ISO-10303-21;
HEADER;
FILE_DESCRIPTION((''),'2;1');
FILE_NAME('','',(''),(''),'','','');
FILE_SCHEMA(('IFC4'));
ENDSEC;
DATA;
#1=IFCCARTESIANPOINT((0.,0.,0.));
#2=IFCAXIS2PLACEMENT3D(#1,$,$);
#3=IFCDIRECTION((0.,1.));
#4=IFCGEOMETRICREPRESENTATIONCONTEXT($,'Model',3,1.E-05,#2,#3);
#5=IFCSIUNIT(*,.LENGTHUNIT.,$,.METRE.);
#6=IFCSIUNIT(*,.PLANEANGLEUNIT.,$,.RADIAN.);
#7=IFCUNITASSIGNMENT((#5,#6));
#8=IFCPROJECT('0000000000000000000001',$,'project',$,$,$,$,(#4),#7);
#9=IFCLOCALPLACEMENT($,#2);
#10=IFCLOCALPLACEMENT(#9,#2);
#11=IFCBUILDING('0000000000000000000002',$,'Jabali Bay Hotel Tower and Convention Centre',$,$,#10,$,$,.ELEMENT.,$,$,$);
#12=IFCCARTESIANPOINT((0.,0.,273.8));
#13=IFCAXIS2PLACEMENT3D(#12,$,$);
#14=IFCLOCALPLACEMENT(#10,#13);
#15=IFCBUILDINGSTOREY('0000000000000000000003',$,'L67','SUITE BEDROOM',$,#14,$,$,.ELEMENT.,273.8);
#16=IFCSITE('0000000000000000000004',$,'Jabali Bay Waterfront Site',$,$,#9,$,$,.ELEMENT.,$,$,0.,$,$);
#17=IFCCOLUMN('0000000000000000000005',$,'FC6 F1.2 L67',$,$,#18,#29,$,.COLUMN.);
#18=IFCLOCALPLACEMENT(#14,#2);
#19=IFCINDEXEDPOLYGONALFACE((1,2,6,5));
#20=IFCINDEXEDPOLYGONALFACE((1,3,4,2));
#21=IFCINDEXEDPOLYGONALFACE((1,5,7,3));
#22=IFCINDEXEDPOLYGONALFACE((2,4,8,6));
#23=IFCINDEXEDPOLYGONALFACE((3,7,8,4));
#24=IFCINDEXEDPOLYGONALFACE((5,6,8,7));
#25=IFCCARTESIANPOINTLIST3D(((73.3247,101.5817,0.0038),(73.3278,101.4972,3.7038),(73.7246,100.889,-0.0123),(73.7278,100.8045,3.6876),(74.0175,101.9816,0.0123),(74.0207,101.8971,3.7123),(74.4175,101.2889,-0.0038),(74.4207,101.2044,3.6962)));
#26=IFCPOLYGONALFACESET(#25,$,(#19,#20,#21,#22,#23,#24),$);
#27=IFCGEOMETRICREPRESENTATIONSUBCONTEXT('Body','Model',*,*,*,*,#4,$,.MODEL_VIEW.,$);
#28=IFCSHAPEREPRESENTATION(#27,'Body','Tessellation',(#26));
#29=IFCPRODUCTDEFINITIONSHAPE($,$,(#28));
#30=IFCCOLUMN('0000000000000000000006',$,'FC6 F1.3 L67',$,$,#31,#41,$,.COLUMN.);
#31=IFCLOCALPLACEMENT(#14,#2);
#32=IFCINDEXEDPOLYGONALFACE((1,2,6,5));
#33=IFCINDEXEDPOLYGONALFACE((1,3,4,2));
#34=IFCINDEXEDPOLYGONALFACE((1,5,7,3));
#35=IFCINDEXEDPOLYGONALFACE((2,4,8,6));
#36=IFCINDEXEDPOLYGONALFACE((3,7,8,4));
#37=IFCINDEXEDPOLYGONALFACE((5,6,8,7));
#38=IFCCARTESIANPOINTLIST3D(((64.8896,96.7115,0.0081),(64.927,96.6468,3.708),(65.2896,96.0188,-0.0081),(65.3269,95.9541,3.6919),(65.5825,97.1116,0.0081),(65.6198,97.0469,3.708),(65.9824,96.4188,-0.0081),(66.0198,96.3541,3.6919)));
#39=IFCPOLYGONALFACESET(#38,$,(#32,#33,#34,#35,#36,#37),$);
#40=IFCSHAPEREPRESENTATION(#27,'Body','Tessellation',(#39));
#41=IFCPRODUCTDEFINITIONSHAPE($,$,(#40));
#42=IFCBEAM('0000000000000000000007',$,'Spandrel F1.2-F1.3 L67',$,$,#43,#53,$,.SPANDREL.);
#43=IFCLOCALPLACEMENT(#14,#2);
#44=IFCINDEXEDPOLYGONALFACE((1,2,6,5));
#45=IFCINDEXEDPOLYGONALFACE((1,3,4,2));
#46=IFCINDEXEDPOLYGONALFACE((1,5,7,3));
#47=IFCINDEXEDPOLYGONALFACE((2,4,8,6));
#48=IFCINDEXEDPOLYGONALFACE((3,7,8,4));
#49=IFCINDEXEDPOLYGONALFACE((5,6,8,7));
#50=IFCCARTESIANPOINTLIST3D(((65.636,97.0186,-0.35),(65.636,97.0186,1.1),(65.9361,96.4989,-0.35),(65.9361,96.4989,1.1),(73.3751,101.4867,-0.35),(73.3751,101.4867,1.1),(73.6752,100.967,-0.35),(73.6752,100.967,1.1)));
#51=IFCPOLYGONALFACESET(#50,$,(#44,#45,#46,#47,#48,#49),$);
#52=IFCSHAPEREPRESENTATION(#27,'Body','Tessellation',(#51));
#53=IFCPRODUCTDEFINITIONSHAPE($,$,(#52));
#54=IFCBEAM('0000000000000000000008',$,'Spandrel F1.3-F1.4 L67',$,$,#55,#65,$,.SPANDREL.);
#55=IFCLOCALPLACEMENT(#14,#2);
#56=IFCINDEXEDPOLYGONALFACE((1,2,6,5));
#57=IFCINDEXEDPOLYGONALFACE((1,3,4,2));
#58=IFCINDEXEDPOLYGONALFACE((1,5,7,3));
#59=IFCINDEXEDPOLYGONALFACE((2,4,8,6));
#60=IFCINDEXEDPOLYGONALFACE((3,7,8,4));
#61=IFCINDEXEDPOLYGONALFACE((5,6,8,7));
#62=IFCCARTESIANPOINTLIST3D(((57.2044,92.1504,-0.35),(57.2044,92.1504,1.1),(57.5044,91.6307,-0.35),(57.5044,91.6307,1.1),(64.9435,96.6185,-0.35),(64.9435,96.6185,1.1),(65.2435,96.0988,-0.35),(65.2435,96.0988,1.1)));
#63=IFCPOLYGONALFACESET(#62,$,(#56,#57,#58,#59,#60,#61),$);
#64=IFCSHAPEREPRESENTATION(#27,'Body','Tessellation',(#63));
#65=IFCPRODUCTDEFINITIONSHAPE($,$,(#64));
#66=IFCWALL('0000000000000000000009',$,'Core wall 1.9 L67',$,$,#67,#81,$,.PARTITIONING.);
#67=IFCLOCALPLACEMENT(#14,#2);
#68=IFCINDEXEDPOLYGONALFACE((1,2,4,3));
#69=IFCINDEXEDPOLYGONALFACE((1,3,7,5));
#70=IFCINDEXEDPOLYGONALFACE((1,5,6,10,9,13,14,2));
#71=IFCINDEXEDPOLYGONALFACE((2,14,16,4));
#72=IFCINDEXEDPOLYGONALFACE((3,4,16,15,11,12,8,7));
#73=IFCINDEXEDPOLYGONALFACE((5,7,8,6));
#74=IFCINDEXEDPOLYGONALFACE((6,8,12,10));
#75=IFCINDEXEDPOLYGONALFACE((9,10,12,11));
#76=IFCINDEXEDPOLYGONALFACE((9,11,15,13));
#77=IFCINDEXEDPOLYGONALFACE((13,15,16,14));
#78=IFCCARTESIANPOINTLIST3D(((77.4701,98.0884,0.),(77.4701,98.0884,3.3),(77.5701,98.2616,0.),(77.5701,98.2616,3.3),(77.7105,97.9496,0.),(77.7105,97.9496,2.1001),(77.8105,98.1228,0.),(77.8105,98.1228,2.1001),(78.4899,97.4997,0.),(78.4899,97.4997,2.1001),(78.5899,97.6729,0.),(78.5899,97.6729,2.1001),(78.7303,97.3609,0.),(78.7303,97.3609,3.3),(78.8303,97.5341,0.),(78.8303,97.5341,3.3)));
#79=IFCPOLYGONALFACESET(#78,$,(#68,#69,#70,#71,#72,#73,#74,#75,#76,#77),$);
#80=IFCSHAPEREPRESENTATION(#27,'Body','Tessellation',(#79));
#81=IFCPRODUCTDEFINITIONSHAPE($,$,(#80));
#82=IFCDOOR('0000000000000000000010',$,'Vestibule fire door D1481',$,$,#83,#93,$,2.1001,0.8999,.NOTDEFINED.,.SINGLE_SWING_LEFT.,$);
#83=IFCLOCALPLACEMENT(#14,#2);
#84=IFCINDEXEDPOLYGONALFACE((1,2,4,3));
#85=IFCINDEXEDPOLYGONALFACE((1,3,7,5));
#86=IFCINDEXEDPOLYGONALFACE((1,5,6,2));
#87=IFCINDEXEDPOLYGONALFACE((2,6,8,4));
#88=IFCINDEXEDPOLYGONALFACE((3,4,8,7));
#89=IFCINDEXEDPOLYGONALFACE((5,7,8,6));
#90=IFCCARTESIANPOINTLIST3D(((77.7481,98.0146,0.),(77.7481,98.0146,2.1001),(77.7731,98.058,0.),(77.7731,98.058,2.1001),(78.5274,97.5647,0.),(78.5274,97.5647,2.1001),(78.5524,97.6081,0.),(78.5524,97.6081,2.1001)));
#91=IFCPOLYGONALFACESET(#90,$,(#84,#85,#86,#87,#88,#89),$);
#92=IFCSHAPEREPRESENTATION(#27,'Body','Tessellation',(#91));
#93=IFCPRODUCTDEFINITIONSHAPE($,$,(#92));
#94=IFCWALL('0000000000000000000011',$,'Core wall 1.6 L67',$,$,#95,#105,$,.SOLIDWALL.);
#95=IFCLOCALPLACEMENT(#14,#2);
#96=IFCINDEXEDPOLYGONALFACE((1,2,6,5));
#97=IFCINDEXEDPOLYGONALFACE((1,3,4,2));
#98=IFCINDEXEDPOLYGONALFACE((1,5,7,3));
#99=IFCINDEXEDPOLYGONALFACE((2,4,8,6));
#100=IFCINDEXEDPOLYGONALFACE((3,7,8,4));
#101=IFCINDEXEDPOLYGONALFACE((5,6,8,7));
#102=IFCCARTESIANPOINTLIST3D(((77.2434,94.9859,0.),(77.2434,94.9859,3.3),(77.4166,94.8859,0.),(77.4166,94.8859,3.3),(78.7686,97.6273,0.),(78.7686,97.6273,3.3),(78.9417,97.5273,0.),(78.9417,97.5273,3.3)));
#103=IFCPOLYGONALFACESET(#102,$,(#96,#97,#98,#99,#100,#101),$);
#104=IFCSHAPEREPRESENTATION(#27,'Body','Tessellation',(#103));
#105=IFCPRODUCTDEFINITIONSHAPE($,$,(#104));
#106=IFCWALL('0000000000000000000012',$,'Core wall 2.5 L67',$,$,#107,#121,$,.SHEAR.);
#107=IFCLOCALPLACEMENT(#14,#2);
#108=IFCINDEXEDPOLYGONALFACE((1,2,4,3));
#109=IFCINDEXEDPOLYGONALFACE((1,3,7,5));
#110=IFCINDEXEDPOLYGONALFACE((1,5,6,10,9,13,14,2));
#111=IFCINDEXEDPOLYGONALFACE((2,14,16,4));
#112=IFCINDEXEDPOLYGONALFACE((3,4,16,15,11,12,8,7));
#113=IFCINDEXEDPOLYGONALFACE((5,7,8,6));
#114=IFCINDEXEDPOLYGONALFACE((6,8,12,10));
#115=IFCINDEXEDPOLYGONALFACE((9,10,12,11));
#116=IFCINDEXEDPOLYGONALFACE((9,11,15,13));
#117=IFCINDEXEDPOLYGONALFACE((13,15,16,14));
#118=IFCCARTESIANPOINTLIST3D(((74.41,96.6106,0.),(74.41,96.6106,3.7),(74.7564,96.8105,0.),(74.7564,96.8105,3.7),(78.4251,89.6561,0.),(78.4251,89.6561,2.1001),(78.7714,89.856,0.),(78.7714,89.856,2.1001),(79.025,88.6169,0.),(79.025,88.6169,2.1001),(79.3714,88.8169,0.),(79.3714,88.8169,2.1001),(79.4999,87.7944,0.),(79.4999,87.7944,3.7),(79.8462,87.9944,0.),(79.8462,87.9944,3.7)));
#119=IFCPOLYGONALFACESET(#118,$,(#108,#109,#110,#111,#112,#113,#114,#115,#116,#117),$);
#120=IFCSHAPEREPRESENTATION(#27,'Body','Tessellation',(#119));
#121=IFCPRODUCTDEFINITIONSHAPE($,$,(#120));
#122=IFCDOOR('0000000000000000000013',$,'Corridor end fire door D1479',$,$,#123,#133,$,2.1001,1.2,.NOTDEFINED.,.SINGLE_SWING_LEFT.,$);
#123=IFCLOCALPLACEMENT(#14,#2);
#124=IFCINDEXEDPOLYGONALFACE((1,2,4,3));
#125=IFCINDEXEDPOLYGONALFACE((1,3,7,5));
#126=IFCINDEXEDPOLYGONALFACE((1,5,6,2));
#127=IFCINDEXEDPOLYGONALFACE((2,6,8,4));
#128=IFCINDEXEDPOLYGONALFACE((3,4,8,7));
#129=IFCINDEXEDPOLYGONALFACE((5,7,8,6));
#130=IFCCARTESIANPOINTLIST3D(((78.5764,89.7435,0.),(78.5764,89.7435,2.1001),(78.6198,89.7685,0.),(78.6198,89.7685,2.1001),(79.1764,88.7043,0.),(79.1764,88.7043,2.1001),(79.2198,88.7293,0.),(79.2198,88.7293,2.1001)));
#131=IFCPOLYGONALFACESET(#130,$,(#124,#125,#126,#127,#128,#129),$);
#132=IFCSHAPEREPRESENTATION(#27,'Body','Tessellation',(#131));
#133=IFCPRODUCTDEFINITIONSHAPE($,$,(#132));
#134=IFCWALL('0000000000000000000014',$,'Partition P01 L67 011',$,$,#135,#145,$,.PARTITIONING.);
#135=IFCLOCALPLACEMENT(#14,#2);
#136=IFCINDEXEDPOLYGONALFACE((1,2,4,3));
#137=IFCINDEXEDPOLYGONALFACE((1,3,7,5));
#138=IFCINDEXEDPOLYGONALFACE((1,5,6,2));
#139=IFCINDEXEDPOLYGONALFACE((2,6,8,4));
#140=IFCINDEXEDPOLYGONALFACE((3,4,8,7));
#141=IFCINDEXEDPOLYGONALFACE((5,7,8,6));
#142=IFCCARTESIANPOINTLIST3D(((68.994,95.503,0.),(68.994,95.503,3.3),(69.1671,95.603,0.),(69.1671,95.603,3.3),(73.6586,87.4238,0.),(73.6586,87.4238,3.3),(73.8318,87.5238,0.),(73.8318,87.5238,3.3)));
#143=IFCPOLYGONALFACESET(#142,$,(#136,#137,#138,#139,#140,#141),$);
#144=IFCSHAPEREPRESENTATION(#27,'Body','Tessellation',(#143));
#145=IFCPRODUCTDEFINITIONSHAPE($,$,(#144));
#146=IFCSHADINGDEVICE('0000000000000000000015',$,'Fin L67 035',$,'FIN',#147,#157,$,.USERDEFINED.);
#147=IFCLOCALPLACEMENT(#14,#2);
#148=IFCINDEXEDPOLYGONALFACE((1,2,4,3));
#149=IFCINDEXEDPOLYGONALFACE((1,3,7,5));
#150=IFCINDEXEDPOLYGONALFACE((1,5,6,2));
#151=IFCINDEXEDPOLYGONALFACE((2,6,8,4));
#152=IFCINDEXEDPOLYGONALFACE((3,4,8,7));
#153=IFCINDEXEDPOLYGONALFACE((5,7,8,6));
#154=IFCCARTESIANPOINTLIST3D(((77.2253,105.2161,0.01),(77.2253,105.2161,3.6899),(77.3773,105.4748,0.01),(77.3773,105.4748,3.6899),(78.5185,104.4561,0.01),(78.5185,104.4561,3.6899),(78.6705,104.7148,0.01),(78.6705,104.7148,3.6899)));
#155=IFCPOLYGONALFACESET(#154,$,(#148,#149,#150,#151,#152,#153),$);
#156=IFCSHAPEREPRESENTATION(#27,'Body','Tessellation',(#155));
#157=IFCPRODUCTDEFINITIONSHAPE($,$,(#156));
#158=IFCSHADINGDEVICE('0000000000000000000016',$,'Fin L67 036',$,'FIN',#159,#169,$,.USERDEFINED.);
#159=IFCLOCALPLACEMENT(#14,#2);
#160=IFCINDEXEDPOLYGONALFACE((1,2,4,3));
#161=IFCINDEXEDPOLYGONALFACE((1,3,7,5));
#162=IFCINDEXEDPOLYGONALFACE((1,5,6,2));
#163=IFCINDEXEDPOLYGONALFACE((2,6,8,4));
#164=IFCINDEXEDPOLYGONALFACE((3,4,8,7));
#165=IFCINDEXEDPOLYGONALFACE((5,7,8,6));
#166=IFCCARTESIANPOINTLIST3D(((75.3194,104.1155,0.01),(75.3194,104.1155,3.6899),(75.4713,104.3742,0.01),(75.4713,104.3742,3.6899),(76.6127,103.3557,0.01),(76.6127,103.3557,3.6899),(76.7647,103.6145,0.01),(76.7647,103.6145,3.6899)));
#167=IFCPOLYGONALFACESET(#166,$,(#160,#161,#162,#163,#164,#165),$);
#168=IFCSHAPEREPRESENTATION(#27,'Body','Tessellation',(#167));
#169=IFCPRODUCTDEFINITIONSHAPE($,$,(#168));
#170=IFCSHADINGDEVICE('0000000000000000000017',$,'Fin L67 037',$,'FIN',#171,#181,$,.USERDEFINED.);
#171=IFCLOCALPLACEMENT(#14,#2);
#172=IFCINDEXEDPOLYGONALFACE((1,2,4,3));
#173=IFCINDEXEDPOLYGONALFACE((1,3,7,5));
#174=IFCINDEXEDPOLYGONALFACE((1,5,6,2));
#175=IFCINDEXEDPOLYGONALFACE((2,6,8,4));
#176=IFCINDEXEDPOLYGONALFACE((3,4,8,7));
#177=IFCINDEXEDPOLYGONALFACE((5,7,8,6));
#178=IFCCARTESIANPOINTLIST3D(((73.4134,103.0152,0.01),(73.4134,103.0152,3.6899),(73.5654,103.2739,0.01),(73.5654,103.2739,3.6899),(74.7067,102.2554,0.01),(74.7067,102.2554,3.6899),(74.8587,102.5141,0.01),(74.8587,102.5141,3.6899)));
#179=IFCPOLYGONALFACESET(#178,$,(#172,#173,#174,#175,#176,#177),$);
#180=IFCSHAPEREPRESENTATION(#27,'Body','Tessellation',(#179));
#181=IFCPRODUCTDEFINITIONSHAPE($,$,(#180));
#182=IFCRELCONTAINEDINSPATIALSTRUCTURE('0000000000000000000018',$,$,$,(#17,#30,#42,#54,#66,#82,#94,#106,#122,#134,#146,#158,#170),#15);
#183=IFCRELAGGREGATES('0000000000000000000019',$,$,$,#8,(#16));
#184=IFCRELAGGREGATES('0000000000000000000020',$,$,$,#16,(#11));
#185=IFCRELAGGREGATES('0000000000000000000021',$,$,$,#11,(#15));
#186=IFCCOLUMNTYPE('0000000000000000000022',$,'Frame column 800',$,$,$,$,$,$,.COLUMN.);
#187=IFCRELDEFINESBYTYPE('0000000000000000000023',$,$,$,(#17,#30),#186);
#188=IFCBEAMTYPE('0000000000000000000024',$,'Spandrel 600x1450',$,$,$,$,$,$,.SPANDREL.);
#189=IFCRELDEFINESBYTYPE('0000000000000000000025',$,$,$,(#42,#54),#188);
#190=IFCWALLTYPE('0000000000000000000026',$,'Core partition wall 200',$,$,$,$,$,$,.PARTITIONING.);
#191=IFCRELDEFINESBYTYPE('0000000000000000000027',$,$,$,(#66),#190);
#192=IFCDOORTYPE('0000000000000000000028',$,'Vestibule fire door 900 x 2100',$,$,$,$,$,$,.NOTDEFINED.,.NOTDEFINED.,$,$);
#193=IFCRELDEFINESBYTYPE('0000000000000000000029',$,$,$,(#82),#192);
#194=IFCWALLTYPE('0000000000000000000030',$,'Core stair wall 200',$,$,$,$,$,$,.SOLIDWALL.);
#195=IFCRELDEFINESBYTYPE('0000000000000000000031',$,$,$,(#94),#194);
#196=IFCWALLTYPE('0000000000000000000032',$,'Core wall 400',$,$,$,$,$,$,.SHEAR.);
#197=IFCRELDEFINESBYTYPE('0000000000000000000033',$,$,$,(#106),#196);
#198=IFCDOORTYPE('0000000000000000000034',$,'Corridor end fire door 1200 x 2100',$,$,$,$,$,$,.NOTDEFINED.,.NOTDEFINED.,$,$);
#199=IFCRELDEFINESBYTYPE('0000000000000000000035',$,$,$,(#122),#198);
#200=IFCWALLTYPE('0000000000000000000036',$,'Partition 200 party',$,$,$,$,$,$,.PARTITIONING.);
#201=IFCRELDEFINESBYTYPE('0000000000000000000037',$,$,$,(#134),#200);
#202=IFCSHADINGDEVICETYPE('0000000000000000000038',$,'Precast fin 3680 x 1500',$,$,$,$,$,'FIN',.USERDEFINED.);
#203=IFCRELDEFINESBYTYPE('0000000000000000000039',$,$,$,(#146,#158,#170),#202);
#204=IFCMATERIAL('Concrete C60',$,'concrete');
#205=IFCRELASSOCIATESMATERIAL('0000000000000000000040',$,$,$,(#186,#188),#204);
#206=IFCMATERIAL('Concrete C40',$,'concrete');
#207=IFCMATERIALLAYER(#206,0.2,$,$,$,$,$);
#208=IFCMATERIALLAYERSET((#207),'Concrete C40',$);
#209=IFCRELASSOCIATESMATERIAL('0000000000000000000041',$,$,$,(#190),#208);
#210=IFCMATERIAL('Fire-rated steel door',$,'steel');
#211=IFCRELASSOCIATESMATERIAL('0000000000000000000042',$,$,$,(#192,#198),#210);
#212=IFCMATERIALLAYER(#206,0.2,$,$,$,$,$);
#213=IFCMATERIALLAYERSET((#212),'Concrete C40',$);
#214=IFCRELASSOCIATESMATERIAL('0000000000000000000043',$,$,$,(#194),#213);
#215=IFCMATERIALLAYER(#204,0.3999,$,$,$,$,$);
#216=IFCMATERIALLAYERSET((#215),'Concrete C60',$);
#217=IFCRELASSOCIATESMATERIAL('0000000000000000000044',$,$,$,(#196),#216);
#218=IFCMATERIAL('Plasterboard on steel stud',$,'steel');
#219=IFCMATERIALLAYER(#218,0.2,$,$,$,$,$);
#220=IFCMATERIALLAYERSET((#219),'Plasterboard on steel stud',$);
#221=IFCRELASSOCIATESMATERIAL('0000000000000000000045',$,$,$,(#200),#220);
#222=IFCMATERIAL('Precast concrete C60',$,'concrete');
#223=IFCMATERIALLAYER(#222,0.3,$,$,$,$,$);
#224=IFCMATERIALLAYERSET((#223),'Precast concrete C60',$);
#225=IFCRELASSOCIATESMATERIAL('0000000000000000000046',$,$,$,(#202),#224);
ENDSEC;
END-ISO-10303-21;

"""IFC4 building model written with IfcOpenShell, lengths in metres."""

from ifc_helpers import new_model, si_unit, direction, frame, frame_2d, origin, origin_2d, place, context, subcontext, project, spatial, rectangle, extrude, material, layer, layer_set, material_profile, profile_set, type_object, element, fill, save


model = new_model("IFC4")

# Units and contexts
model_context = context("Model", 3, precision=1e-05, world=origin(), true_north=direction((0.0, 1.0)))
body_context = subcontext(model_context, "Body", "Model", "MODEL_VIEW")
ifc_project = project(units=[si_unit("LENGTHUNIT", "METRE"), si_unit("PLANEANGLEUNIT", "RADIAN")], contexts=[model_context])

# Site, building, storey
site_placement = place(None, origin())
site = spatial("IfcSite", under=ifc_project, at=site_placement, Name="Jabali Bay Waterfront Site", CompositionType="ELEMENT", RefElevation=0.0)
building_placement = place(site_placement, origin())
building = spatial("IfcBuilding", under=site, at=building_placement, Name="Jabali Bay Hotel Tower and Convention Centre", CompositionType="ELEMENT")
storey_placement = place(building_placement, frame((0.0, 0.0, 273.8)))
storey = spatial("IfcBuildingStorey", under=building, at=storey_placement, Name="L67", Description="SUITE BEDROOM", CompositionType="ELEMENT", Elevation=273.8)

# Columns
ifc_material_1 = material(Name="Concrete C60", Category="concrete")
ifc_material_profile_1 = material_profile(ifc_material_1, rectangle(XDim=0.8, YDim=0.8, at=origin_2d()), Name="Frame column 800")
ifc_profile_set_1 = profile_set([ifc_material_profile_1], Name="Concrete C60")
column_type = type_object("IfcColumnType", Name="Frame column 800", PredefinedType="COLUMN", material=ifc_profile_set_1)
column_1_placement = place(storey_placement, frame((73.8711, 101.4353, 0.0), z_axis=(0.000858, -0.022825, 0.999739), x_axis=(0.866054, 0.499836, 0.010669)))
element("IfcColumn", 1, at=column_1_placement, inside=storey, type_object=column_type, Name="FC6 F1.2 L67", PredefinedType="COLUMN", context=body_context, shape_type="SweptSolid", body=[
    extrude(rectangle(XDim=0.8, YDim=0.8, at=origin_2d()), origin(), (0.0, 0.0, 1.0), 3.7009),
])
column_2_placement = place(storey_placement, frame((65.436, 96.5652, 0.0), z_axis=(0.010094, -0.017482, 0.999796), x_axis=(0.86602, 0.500009, 0.0)))
element("IfcColumn", 2, at=column_2_placement, inside=storey, type_object=column_type, Name="FC6 F1.3 L67", PredefinedType="COLUMN", context=body_context, shape_type="SweptSolid", body=[
    extrude(rectangle(XDim=0.8, YDim=0.8, at=origin_2d()), origin(), (0.0, 0.0, 1.0), 3.7007),
])

# Beams
ifc_material_profile_2 = material_profile(ifc_material_1, rectangle(XDim=0.6001, YDim=1.45, at=origin_2d()), Name="Spandrel 600x1450")
ifc_profile_set_2 = profile_set([ifc_material_profile_2], Name="Concrete C60")
beam_type = type_object("IfcBeamType", Name="Spandrel 600x1450", PredefinedType="SPANDREL", material=ifc_profile_set_2)
for number, where, z_axis, x_axis, name in (
    (3, (73.5251, 101.2268, 0.375), (-0.86603, -0.499991, 0.0), (0.499991, -0.86603, 0.0), "Spandrel F1.2-F1.3 L67"),
    (4, (65.0935, 96.3586, 0.375), (-0.86603, -0.499991, 0.0), (0.499991, -0.86603, 0.0), "Spandrel F1.3-F1.4 L67"),
):
    element("IfcBeam", number, at=place(storey_placement, frame(where, z_axis=z_axis, x_axis=x_axis)), inside=storey, type_object=beam_type, Name=name, PredefinedType="SPANDREL", context=body_context, shape_type="SweptSolid", body=[
        extrude(rectangle(XDim=0.6001, YDim=1.45, at=origin_2d()), origin(), (0.0, 0.0, 1.0), 8.9363),
    ])

# Wall, opening, door
ifc_material_2 = material(Name="Concrete C40", Category="concrete")
ifc_layer_1 = layer(ifc_material_2, 0.2)
ifc_layer_set_1 = layer_set([ifc_layer_1], Name="Concrete C40")
wall_type_1 = type_object("IfcWallType", Name="Core partition wall 200", PredefinedType="PARTITIONING", material=ifc_layer_set_1)
wall_1_placement = place(storey_placement, frame((78.7803, 97.4475, 0.0), z_axis=(0.0, 0.0, 1.0), x_axis=(-0.866046, 0.499965, 0.0)))
wall_1 = element("IfcWall", 5, at=wall_1_placement, inside=storey, type_object=wall_type_1, Name="Core wall 1.9 L67", PredefinedType="PARTITIONING", context=body_context, shape_type="SweptSolid", body=[
    extrude(rectangle(XDim=1.4551, YDim=0.2, at=frame_2d((0.7275, 0.0))), origin(), (0.0, 0.0, 1.0), 3.3),
])
opening_1_placement = place(wall_1_placement, frame((0.2776, 0.0, 0.0)))
opening_1 = element("IfcOpeningElement", 6, at=opening_1_placement, cuts=wall_1, PredefinedType="OPENING", context=body_context, shape_type="SweptSolid", body=[
    extrude(rectangle(XDim=0.8999, YDim=2.1001, at=frame_2d((0.45, 1.05))), frame((0.0, 0.1104, 0.0), z_axis=(0.0, -1.0, 0.0), x_axis=(1.0, 0.0, 0.0)), (0.0, 0.0, 1.0), 0.2209),
])
ifc_material_3 = material(Name="Fire-rated steel door", Category="steel")
door_type_1 = type_object("IfcDoorType", Name="Vestibule fire door 900 x 2100", OperationType="NOTDEFINED", PredefinedType="NOTDEFINED", material=ifc_material_3)
door_1_placement = place(opening_1_placement, origin())
door_1 = element("IfcDoor", 7, at=door_1_placement, inside=storey, type_object=door_type_1, Name="Vestibule fire door D1481", OperationType="SINGLE_SWING_LEFT", OverallHeight=2.1001, OverallWidth=0.8999, PredefinedType="NOTDEFINED", context=body_context, shape_type="SweptSolid", body=[
    extrude(rectangle(XDim=0.8999, YDim=2.1001, at=frame_2d((0.45, 1.05))), frame((0.0, 0.0249, 0.0), z_axis=(0.0, -1.0, 0.0), x_axis=(1.0, 0.0, 0.0)), (0.0, 0.0, 1.0), 0.05),
])
fill(opening_1, door_1)

# Wall
ifc_layer_2 = layer(ifc_material_2, 0.2)
ifc_layer_set_2 = layer_set([ifc_layer_2], Name="Concrete C40")
wall_type_2 = type_object("IfcWallType", Name="Core stair wall 200", PredefinedType="SOLIDWALL", material=ifc_layer_set_2)
wall_2_placement = place(storey_placement, frame((77.3301, 94.936, 0.0), z_axis=(0.0, 0.0, 1.0), x_axis=(0.500039, 0.866003, 0.0)))
element("IfcWall", 8, at=wall_2_placement, inside=storey, type_object=wall_type_2, Name="Core wall 1.6 L67", PredefinedType="SOLIDWALL", context=body_context, shape_type="SweptSolid", body=[
    extrude(rectangle(XDim=3.05, YDim=0.2, at=frame_2d((1.5249, 0.0))), origin(), (0.0, 0.0, 1.0), 3.3),
])

# Wall, opening, door
ifc_layer_3 = layer(ifc_material_1, 0.3999)
ifc_layer_set_3 = layer_set([ifc_layer_3], Name="Concrete C60")
wall_type_3 = type_object("IfcWallType", Name="Core wall 400", PredefinedType="SHEAR", material=ifc_layer_set_3)
wall_3_placement = place(storey_placement, frame((74.5833, 96.7104, 0.0), z_axis=(0.0, 0.0, 1.0), x_axis=(0.499987, -0.866033, 0.0)))
wall_3 = element("IfcWall", 9, at=wall_3_placement, inside=storey, type_object=wall_type_3, Name="Core wall 2.5 L67", PredefinedType="SHEAR", context=body_context, shape_type="SweptSolid", body=[
    extrude(rectangle(XDim=10.1799, YDim=0.3999, at=frame_2d((5.0898, 0.0))), origin(), (0.0, 0.0, 1.0), 3.7),
])
opening_2_placement = place(wall_3_placement, frame((8.03, 0.0, 0.0)))
opening_2 = element("IfcOpeningElement", 10, at=opening_2_placement, cuts=wall_3, PredefinedType="OPENING", context=body_context, shape_type="SweptSolid", body=[
    extrude(rectangle(XDim=1.2, YDim=2.1001, at=frame_2d((0.6001, 1.05))), frame((0.0, 0.2104, 0.0), z_axis=(0.0, -1.0, 0.0), x_axis=(1.0, 0.0, 0.0)), (0.0, 0.0, 1.0), 0.4209),
])
door_type_2 = type_object("IfcDoorType", Name="Corridor end fire door 1200 x 2100", OperationType="NOTDEFINED", PredefinedType="NOTDEFINED", material=ifc_material_3)
door_2_placement = place(opening_2_placement, origin())
door_2 = element("IfcDoor", 11, at=door_2_placement, inside=storey, type_object=door_type_2, Name="Corridor end fire door D1479", OperationType="SINGLE_SWING_LEFT", OverallHeight=2.1001, OverallWidth=1.2, PredefinedType="NOTDEFINED", context=body_context, shape_type="SweptSolid", body=[
    extrude(rectangle(XDim=1.2, YDim=2.1001, at=frame_2d((0.6001, 1.05))), frame((0.0, 0.0249, 0.0), z_axis=(0.0, -1.0, 0.0), x_axis=(1.0, 0.0, 0.0)), (0.0, 0.0, 1.0), 0.05),
])
fill(opening_2, door_2)

# Wall
ifc_material_4 = material(Name="Plasterboard on steel stud", Category="steel")
ifc_layer_4 = layer(ifc_material_4, 0.2)
ifc_layer_set_4 = layer_set([ifc_layer_4], Name="Plasterboard on steel stud")
wall_type_4 = type_object("IfcWallType", Name="Partition 200 party", PredefinedType="PARTITIONING", material=ifc_layer_set_4)
wall_4_placement = place(storey_placement, frame((69.0806, 95.553, 0.0), z_axis=(0.0, 0.0, 1.0), x_axis=(0.500006, -0.866022, 0.0)))
element("IfcWall", 12, at=wall_4_placement, inside=storey, type_object=wall_type_4, Name="Partition P01 L67 011", PredefinedType="PARTITIONING", context=body_context, shape_type="SweptSolid", body=[
    extrude(rectangle(XDim=9.3291, YDim=0.2, at=frame_2d((4.6646, 0.0))), origin(), (0.0, 0.0, 1.0), 3.3),
])

# Shading devices
ifc_material_5 = material(Name="Precast concrete C60", Category="concrete")
ifc_layer_5 = layer(ifc_material_5, 0.3)
ifc_layer_set_5 = layer_set([ifc_layer_5], Name="Precast concrete C60")
shading_device_type = type_object("IfcShadingDeviceType", Name="Precast fin 3680 x 1500", ElementType="FIN", PredefinedType="USERDEFINED", material=ifc_layer_set_5)
for number, where, z_axis, x_axis, name in (
    (13, (78.5945, 104.5854, 0.01), (0.0, 0.0, 1.0), (-0.862139, 0.506672, 0.0), "Fin L67 035"),
    (14, (76.6887, 103.4851, 0.01), (0.0, 0.0, 1.0), (-0.862252, 0.506479, 0.0), "Fin L67 036"),
    (15, (74.7827, 102.3848, 0.01), (0.0, 0.0, 1.0), (-0.86221, 0.506551, 0.0), "Fin L67 037"),
):
    element("IfcShadingDevice", number, at=place(storey_placement, frame(where, z_axis=z_axis, x_axis=x_axis)), inside=storey, type_object=shading_device_type, Name=name, ObjectType="FIN", PredefinedType="USERDEFINED", context=body_context, shape_type="SweptSolid", body=[
        extrude(rectangle(XDim=1.5, YDim=0.3, at=frame_2d((0.75, 0.0))), origin(), (0.0, 0.0, 1.0), 3.6799),
    ])

save(model, "model.ifc")
